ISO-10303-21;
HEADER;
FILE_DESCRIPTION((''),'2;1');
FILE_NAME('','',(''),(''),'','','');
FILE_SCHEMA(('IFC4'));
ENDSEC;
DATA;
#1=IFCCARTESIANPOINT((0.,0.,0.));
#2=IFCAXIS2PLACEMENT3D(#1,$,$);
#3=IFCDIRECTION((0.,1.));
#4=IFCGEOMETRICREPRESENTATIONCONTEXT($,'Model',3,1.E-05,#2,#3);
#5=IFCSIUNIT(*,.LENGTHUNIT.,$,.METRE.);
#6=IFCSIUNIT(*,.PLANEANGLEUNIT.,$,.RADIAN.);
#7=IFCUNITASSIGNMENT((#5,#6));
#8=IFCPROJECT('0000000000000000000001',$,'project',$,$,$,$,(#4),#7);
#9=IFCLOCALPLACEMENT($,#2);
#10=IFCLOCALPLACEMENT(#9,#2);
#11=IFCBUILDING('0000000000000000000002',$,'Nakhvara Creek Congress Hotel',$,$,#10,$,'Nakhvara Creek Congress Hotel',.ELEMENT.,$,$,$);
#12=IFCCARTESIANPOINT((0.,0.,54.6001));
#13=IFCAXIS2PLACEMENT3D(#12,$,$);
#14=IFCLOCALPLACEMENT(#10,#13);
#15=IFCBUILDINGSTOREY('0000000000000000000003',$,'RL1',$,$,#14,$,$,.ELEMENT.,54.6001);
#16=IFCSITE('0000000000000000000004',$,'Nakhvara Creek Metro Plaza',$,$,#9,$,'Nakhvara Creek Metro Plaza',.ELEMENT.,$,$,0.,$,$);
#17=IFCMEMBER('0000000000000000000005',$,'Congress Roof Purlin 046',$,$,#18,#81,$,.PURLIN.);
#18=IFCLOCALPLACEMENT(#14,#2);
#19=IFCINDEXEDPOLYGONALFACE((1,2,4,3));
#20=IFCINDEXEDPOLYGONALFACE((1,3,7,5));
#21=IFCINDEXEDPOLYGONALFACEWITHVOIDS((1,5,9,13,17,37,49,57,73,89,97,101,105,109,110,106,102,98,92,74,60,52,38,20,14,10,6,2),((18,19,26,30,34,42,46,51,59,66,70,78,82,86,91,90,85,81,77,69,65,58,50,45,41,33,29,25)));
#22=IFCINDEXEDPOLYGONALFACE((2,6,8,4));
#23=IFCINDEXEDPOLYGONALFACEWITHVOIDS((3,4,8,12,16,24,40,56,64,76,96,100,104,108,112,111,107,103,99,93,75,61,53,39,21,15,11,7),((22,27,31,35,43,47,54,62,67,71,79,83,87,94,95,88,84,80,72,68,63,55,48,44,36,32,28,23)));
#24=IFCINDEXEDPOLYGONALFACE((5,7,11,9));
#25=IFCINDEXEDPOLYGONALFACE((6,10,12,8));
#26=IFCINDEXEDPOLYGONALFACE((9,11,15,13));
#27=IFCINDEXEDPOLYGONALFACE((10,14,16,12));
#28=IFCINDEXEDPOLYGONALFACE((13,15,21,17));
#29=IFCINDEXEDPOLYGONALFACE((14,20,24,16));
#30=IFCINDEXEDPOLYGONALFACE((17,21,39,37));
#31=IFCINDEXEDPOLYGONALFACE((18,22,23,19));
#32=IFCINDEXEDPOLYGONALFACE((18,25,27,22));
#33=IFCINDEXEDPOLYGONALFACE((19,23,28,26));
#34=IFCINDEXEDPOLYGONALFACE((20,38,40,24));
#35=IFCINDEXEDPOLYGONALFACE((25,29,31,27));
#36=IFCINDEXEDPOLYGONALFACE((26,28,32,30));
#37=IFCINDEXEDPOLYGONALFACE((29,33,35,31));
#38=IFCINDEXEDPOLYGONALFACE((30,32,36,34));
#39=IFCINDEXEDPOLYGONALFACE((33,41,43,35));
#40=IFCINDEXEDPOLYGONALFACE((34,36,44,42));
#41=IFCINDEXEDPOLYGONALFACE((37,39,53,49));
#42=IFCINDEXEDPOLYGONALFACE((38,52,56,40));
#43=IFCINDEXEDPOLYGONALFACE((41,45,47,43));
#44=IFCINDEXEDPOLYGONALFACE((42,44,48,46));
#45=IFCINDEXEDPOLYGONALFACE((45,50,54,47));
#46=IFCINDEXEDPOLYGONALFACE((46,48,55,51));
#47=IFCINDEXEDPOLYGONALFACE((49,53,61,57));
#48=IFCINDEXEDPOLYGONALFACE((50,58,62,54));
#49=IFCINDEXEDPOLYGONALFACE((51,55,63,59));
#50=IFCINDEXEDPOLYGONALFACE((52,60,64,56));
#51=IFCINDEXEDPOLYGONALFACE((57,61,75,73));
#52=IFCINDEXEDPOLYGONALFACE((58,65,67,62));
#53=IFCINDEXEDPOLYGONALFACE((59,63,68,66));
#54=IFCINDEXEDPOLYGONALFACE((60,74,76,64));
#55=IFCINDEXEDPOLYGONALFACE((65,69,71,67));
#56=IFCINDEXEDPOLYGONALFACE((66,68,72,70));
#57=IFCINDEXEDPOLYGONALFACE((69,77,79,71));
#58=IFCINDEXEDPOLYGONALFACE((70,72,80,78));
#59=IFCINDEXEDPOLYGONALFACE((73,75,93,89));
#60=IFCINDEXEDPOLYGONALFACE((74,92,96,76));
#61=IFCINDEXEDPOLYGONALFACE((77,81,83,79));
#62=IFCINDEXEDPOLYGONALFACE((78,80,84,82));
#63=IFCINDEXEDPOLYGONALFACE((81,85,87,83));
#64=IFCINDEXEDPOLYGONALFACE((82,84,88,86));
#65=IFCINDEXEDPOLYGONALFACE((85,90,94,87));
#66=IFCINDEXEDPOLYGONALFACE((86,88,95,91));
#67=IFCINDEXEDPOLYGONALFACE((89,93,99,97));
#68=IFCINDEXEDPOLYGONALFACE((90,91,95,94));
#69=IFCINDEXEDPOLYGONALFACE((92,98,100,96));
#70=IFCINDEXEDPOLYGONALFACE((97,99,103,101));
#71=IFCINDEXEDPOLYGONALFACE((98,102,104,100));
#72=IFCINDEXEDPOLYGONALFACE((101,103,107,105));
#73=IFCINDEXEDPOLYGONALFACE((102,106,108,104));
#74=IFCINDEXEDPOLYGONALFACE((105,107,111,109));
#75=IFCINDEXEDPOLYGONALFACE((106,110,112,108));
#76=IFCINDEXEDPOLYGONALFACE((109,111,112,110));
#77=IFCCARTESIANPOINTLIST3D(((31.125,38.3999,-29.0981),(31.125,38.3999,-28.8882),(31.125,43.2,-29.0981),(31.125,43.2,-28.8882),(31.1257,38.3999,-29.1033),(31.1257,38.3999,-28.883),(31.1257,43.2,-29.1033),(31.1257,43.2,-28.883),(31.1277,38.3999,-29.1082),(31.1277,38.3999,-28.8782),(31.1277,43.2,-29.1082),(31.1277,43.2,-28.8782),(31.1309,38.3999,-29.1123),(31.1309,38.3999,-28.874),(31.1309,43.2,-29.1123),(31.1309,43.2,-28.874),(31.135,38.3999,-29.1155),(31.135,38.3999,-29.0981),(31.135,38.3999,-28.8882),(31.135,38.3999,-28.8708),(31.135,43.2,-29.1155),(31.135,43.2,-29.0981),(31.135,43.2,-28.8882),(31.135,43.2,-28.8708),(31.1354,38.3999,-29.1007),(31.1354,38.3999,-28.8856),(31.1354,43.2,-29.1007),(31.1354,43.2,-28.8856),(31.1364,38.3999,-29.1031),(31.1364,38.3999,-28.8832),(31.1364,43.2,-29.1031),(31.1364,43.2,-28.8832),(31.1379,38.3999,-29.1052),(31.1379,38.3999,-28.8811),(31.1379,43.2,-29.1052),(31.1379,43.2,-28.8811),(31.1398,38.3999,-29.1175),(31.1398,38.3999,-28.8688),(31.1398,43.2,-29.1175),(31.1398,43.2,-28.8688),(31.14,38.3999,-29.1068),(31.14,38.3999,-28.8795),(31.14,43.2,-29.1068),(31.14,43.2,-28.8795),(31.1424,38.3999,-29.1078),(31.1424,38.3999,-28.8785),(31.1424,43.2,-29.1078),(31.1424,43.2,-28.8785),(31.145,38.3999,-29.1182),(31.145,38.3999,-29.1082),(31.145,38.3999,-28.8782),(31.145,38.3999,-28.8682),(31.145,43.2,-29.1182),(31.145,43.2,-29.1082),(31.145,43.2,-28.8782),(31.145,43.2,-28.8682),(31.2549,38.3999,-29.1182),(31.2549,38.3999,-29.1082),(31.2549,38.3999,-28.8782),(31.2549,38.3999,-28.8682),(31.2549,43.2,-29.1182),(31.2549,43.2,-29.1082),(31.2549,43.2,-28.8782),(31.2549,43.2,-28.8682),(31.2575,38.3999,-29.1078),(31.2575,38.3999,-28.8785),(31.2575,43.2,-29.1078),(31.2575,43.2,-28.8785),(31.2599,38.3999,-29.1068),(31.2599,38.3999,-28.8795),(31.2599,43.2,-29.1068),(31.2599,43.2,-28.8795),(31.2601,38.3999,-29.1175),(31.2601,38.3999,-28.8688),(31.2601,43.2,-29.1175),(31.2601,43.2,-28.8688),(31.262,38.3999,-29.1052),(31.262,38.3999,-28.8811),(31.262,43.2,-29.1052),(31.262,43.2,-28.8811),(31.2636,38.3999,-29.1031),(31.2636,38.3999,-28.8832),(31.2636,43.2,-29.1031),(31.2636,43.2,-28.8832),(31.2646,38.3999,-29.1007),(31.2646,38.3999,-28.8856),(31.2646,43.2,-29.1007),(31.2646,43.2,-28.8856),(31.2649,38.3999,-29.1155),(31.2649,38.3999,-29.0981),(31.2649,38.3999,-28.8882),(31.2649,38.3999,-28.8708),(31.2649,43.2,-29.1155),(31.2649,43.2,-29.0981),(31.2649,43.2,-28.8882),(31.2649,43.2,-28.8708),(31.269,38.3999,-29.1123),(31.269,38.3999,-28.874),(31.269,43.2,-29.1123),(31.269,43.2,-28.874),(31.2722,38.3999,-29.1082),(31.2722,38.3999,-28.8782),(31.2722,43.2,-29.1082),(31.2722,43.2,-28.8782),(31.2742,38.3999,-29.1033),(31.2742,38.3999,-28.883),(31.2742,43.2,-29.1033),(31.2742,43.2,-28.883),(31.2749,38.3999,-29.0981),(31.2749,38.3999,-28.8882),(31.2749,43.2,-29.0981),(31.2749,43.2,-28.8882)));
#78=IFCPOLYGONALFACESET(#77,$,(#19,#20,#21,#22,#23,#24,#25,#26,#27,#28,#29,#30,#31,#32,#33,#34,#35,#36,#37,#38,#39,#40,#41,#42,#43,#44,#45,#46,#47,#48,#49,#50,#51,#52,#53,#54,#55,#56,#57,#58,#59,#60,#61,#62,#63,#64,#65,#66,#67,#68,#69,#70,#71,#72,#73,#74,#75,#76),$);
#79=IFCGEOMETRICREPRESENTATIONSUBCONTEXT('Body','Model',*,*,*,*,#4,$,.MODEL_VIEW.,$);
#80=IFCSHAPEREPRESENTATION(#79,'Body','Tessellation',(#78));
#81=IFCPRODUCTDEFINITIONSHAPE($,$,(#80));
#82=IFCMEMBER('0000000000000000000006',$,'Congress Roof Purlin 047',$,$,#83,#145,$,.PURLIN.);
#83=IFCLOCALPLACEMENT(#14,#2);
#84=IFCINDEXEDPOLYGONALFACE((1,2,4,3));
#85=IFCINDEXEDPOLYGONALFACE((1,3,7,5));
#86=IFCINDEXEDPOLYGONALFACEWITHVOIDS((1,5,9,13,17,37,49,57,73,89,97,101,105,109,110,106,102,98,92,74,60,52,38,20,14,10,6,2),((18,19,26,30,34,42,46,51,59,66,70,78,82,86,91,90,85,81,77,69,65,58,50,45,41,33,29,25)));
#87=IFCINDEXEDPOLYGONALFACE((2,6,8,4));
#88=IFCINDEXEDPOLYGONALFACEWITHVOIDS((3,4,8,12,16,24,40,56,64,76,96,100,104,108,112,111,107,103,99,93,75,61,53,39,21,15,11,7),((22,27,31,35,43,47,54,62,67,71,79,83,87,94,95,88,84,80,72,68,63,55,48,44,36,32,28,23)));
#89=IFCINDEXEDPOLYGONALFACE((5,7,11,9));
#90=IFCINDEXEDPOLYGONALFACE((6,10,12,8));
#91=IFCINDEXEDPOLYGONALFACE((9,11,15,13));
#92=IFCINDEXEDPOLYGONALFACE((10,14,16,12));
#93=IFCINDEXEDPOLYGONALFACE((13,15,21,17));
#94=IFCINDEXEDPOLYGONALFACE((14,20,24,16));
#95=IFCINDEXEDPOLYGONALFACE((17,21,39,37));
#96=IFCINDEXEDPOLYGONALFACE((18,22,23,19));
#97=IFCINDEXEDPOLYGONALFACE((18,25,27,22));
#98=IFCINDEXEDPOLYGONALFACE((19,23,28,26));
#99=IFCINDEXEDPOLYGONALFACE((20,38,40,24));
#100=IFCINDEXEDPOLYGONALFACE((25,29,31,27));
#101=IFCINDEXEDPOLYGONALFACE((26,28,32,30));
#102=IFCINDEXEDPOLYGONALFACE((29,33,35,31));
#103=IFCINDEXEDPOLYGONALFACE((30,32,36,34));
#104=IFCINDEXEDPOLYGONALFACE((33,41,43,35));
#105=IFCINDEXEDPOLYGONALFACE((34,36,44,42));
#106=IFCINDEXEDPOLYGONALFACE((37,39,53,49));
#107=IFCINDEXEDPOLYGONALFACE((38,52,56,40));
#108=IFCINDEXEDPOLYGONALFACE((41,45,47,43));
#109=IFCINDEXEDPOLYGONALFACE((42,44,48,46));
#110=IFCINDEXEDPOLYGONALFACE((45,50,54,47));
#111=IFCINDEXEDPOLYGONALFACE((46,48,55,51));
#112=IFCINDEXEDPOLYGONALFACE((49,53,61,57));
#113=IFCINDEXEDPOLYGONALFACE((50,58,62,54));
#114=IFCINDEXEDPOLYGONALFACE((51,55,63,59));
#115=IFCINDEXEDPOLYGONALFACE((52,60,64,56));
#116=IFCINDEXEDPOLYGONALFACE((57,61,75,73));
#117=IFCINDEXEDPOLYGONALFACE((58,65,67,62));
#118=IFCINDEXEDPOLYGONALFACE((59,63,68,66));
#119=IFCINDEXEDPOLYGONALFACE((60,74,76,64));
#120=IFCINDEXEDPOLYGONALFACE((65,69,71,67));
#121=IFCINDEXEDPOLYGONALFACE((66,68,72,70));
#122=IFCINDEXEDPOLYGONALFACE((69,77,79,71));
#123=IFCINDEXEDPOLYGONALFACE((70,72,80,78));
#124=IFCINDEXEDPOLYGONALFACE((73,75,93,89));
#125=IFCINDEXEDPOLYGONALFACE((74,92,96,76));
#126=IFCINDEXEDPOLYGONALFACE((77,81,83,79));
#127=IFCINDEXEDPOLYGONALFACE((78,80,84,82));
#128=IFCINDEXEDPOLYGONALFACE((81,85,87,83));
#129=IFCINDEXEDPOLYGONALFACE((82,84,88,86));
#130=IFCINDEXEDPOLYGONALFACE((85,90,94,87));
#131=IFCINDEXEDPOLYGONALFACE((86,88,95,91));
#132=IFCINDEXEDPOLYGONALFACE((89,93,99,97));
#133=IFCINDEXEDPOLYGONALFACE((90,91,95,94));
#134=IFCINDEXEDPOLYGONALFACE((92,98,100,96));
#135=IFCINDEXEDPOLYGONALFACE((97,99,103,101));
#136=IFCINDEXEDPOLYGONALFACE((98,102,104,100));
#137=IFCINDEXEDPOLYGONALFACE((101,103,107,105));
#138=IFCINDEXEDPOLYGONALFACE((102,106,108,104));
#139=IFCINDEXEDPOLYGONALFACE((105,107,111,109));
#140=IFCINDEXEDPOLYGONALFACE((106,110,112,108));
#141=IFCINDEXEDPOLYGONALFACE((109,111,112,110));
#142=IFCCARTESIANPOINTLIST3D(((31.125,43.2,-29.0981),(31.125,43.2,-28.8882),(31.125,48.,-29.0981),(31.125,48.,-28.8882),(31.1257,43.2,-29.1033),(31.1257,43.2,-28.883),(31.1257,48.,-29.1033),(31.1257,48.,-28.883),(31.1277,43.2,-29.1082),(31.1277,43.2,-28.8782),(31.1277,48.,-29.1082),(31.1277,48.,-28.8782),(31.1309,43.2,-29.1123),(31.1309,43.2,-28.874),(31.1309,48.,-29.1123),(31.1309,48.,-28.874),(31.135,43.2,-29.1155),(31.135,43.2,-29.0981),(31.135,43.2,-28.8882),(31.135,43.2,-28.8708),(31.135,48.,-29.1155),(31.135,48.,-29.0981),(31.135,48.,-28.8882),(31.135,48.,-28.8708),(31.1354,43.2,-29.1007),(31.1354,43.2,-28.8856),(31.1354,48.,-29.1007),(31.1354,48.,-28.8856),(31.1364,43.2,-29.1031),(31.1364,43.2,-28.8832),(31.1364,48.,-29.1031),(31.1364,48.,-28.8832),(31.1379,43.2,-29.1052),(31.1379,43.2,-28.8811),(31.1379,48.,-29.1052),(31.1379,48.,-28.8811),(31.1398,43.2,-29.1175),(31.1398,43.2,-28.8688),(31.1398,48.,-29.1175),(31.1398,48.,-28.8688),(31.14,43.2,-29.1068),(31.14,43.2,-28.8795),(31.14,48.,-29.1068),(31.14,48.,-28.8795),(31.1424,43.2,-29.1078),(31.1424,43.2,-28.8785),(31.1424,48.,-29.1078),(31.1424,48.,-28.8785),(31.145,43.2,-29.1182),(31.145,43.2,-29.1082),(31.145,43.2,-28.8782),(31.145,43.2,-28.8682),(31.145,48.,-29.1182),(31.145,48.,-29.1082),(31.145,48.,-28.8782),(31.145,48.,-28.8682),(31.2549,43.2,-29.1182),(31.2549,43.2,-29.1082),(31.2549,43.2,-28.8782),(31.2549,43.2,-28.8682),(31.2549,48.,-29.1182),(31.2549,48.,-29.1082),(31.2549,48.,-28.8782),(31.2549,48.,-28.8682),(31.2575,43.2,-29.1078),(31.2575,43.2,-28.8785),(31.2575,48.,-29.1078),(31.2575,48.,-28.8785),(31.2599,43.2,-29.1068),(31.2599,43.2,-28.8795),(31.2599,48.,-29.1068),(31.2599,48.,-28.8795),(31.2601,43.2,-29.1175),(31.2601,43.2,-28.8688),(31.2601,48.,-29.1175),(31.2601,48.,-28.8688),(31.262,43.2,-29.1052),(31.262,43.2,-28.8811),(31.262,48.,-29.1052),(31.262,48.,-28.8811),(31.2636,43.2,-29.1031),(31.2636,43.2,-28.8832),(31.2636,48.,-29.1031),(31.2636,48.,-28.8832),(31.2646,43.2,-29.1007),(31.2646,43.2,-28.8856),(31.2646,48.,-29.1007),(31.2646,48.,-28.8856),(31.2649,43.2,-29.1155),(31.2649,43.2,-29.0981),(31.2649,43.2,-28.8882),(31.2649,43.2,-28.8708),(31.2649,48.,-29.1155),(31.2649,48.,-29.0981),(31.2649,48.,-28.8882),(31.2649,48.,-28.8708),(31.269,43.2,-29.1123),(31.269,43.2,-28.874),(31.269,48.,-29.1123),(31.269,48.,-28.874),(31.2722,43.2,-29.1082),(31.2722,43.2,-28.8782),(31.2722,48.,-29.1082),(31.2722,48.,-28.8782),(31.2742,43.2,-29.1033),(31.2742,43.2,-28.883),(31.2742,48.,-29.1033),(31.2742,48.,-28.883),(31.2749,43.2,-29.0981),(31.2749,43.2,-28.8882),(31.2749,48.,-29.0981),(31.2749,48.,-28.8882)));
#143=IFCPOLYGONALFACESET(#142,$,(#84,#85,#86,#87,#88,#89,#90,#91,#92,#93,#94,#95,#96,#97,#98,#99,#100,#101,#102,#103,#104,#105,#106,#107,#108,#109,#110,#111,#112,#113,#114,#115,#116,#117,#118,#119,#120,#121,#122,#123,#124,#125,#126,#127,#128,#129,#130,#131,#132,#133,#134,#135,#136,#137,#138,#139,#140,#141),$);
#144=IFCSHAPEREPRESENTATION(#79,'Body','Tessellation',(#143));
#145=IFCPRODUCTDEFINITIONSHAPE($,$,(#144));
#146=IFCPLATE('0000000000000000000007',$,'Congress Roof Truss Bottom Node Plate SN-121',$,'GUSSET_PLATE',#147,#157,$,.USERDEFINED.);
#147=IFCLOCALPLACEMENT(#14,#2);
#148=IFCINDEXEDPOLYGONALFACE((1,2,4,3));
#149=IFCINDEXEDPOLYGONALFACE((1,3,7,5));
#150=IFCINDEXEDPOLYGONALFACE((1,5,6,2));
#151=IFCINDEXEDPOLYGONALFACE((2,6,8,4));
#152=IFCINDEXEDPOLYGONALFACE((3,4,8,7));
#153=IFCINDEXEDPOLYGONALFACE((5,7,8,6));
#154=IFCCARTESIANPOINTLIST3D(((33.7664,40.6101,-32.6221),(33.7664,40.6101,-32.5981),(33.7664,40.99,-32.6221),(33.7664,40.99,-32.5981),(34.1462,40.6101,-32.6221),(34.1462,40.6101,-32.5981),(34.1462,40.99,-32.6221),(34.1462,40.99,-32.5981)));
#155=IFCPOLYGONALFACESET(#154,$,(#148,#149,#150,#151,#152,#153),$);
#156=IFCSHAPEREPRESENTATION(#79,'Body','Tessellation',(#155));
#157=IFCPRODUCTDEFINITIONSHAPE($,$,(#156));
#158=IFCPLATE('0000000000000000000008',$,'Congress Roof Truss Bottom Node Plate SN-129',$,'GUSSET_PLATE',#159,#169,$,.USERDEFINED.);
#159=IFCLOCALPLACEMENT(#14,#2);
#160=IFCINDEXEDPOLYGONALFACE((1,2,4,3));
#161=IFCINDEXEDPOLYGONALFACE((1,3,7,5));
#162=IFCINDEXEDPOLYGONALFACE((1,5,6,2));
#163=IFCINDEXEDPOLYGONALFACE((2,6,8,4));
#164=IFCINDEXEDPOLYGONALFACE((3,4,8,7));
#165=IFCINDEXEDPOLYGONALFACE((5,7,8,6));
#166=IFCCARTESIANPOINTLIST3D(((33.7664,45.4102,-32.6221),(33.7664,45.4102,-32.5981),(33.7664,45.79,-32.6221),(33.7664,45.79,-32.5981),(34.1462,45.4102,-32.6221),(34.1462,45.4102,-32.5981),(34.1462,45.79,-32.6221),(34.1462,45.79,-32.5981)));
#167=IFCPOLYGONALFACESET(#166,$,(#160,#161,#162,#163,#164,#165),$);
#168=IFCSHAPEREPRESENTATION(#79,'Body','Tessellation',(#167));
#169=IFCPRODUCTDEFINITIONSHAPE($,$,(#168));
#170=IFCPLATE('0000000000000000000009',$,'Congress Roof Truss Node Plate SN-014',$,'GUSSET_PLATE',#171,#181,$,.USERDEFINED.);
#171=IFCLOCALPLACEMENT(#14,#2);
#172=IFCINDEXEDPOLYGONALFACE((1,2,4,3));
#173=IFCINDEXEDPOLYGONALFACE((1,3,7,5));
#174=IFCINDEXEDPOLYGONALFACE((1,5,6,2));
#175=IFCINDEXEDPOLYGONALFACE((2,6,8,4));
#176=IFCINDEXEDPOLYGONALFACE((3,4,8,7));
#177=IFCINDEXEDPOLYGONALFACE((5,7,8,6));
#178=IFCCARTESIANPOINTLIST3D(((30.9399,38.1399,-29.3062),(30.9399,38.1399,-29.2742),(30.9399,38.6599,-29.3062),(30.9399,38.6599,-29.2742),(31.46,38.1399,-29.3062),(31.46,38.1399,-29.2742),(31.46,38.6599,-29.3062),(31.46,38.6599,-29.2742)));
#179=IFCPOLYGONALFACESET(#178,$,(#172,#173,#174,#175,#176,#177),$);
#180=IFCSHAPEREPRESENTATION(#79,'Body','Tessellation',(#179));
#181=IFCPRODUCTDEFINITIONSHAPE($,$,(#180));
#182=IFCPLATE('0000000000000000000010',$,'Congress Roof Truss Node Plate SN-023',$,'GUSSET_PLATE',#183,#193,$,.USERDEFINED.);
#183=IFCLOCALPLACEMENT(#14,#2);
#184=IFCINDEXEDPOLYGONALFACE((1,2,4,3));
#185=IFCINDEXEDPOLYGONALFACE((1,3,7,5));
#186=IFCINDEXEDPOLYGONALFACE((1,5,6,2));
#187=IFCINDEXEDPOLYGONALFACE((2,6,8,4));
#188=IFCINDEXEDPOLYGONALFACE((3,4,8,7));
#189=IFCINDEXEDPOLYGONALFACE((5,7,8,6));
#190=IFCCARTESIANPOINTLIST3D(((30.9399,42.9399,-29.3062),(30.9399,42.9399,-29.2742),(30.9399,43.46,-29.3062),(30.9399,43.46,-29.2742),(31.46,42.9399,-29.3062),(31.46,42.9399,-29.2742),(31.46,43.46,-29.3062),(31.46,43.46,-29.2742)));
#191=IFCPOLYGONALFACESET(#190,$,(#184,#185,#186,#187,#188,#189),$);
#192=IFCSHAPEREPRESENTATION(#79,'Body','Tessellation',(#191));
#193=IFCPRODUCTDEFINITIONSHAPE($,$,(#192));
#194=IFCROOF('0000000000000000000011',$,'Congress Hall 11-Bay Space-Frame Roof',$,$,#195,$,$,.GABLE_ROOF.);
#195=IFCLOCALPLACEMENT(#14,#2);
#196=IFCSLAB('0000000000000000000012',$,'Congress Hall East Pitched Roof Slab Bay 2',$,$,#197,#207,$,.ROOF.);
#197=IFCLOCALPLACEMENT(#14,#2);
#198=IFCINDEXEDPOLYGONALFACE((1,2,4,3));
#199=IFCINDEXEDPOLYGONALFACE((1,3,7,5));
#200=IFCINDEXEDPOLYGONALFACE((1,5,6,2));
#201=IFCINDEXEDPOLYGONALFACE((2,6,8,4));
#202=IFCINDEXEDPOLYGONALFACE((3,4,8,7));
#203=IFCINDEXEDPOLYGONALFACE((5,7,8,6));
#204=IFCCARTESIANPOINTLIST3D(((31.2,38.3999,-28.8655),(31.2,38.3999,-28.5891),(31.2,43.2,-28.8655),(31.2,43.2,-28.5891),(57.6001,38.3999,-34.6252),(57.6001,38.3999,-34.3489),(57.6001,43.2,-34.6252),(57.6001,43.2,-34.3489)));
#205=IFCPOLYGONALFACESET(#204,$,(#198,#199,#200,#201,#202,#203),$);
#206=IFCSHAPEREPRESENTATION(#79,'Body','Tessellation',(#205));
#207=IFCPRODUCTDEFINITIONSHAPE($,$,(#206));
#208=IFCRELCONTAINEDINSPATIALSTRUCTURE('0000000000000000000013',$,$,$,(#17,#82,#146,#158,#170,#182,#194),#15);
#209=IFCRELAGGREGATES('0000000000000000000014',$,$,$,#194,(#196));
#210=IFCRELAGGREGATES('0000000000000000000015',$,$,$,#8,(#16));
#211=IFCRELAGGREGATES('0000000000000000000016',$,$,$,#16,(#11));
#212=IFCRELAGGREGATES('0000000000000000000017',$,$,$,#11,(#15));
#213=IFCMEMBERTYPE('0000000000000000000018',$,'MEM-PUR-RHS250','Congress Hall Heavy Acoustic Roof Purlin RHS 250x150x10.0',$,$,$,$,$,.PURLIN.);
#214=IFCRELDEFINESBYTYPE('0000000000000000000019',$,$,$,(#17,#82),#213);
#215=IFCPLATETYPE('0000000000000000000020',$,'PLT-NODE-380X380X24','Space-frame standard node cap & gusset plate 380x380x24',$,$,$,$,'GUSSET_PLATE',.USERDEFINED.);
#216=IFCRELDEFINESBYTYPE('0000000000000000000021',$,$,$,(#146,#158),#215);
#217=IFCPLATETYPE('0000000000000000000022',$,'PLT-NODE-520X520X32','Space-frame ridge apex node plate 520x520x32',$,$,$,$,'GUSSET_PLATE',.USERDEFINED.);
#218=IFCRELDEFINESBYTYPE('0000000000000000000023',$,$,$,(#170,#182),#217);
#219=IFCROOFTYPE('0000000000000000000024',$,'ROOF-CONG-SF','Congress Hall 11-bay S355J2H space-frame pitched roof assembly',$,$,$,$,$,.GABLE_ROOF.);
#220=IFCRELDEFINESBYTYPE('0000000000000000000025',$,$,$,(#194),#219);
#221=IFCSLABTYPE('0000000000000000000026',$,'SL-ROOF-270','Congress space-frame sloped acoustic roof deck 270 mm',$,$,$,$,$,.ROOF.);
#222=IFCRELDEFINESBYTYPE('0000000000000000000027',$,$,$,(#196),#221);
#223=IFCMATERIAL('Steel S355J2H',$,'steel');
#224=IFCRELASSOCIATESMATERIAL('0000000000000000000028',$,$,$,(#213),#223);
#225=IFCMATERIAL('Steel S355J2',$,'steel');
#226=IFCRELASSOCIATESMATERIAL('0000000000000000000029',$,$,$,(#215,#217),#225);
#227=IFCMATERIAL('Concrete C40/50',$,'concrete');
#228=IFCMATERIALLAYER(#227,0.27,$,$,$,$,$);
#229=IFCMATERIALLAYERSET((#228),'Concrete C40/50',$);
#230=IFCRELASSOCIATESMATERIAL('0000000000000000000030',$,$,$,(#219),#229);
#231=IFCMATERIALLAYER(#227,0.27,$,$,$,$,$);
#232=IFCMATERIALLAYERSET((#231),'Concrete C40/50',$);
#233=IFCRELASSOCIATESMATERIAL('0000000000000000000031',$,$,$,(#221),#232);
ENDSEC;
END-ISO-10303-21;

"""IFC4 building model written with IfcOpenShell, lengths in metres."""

from ifc_helpers import new_model, si_unit, direction, frame, origin, origin_2d, place, context, subcontext, project, spatial, polyline, rectangle, hollow_rectangle, outline, extrude, material, layer, layer_set, material_profile, profile_set, type_object, element, aggregate, save


model = new_model("IFC4")

# Units and contexts
model_context = context("Model", 3, precision=1e-05, world=origin(), true_north=direction((0.0, 1.0)))
body_context = subcontext(model_context, "Body", "Model", "MODEL_VIEW")
ifc_project = project(units=[si_unit("LENGTHUNIT", "METRE"), si_unit("PLANEANGLEUNIT", "RADIAN")], contexts=[model_context])

# Site, building, storey
site_placement = place(None, origin())
site = spatial("IfcSite", under=ifc_project, at=site_placement, Name="Nakhvara Creek Metro Plaza", LongName="Nakhvara Creek Metro Plaza", CompositionType="ELEMENT", RefElevation=0.0)
building_placement = place(site_placement, origin())
building = spatial("IfcBuilding", under=site, at=building_placement, Name="Nakhvara Creek Congress Hotel", LongName="Nakhvara Creek Congress Hotel", CompositionType="ELEMENT")
storey_placement = place(building_placement, frame((0.0, 0.0, 54.6001)))
storey = spatial("IfcBuildingStorey", under=building, at=storey_placement, Name="RL1", CompositionType="ELEMENT", Elevation=54.6001)

# Members
ifc_material_1 = material(Name="Steel S355J2H", Category="steel")
ifc_material_profile_1 = material_profile(ifc_material_1, hollow_rectangle(XDim=0.1499, YDim=0.25, WallThickness=0.01, InnerFilletRadius=0.01, OuterFilletRadius=0.02, at=origin_2d()), Name="RHS 250x150x10.0", Category="LoadBearing")
ifc_profile_set_1 = profile_set([ifc_material_profile_1], Name="Steel S355J2H")
member_type_1 = type_object("IfcMemberType", Name="MEM-PUR-RHS250", Description="Congress Hall Heavy Acoustic Roof Purlin RHS 250x150x10.0", PredefinedType="PURLIN", material=ifc_profile_set_1)
for number, where, z_axis, x_axis, name in (
    (1, (31.2, 38.3999, -28.9932), (0.0, 1.0, 0.0), (-1.0, 0.0, 0.0), "Congress Roof Purlin 046"),
    (2, (31.2, 43.2, -28.9932), (0.0, 1.0, 0.0), (-1.0, 0.0, 0.0), "Congress Roof Purlin 047"),
):
    element("IfcMember", number, at=place(storey_placement, frame(where, z_axis=z_axis, x_axis=x_axis)), inside=storey, type_object=member_type_1, Name=name, PredefinedType="PURLIN", context=body_context, shape_type="SweptSolid", body=[
        extrude(hollow_rectangle(XDim=0.1499, YDim=0.25, WallThickness=0.01, InnerFilletRadius=0.01, OuterFilletRadius=0.02, at=origin_2d()), origin(), (0.0, 0.0, 1.0), 4.8),
    ])

# Plates
ifc_material_2 = material(Name="Steel S355J2", Category="steel")
plate_type_1 = type_object("IfcPlateType", Name="PLT-NODE-380X380X24", Description="Space-frame standard node cap & gusset plate 380x380x24", ElementType="GUSSET_PLATE", PredefinedType="USERDEFINED", material=ifc_material_2)
for number, where, z_axis, x_axis, name in (
    (3, (33.9563, 40.8, -32.6221), (0.0, 0.0, 1.0), (1.0, 0.0, 0.0), "Congress Roof Truss Bottom Node Plate SN-121"),
    (4, (33.9563, 45.6001, -32.6221), (0.0, 0.0, 1.0), (1.0, 0.0, 0.0), "Congress Roof Truss Bottom Node Plate SN-129"),
):
    element("IfcPlate", number, at=place(storey_placement, frame(where, z_axis=z_axis, x_axis=x_axis)), inside=storey, type_object=plate_type_1, Name=name, ObjectType="GUSSET_PLATE", PredefinedType="USERDEFINED", context=body_context, shape_type="SweptSolid", body=[
        extrude(rectangle(XDim=0.3799, YDim=0.3799, at=origin_2d()), origin(), (0.0, 0.0, 1.0), 0.0239),
    ])
plate_type_2 = type_object("IfcPlateType", Name="PLT-NODE-520X520X32", Description="Space-frame ridge apex node plate 520x520x32", ElementType="GUSSET_PLATE", PredefinedType="USERDEFINED", material=ifc_material_2)
for number, where, z_axis, x_axis, name in (
    (5, (31.2, 38.3999, -29.3062), (0.0, 0.0, 1.0), (1.0, 0.0, 0.0), "Congress Roof Truss Node Plate SN-014"),
    (6, (31.2, 43.2, -29.3062), (0.0, 0.0, 1.0), (1.0, 0.0, 0.0), "Congress Roof Truss Node Plate SN-023"),
):
    element("IfcPlate", number, at=place(storey_placement, frame(where, z_axis=z_axis, x_axis=x_axis)), inside=storey, type_object=plate_type_2, Name=name, ObjectType="GUSSET_PLATE", PredefinedType="USERDEFINED", context=body_context, shape_type="SweptSolid", body=[
        extrude(rectangle(XDim=0.52, YDim=0.52, at=origin_2d()), origin(), (0.0, 0.0, 1.0), 0.032),
    ])

# Roof, slab
ifc_material_3 = material(Name="Concrete C40/50", Category="concrete")
ifc_layer_1 = layer(ifc_material_3, 0.27)
ifc_layer_set_1 = layer_set([ifc_layer_1], Name="Concrete C40/50")
roof_type = type_object("IfcRoofType", Name="ROOF-CONG-SF", Description="Congress Hall 11-bay S355J2H space-frame pitched roof assembly", PredefinedType="GABLE_ROOF", material=ifc_layer_set_1)
roof_placement = place(storey_placement, origin())
roof = element("IfcRoof", 7, at=roof_placement, inside=storey, type_object=roof_type, Name="Congress Hall 11-Bay Space-Frame Roof", PredefinedType="GABLE_ROOF")
ifc_layer_2 = layer(ifc_material_3, 0.27)
ifc_layer_set_2 = layer_set([ifc_layer_2], Name="Concrete C40/50")
slab_type = type_object("IfcSlabType", Name="SL-ROOF-270", Description="Congress space-frame sloped acoustic roof deck 270 mm", PredefinedType="ROOF", material=ifc_layer_set_2)
slab_1_placement = place(storey_placement, frame((31.2, 38.3999, -28.5891), z_axis=(0.0, 0.0, 1.0), x_axis=(1.0, 0.0, 0.0)))
slab_1 = element("IfcSlab", 8, at=slab_1_placement, type_object=slab_type, Name="Congress Hall East Pitched Roof Slab Bay 2", PredefinedType="ROOF", context=body_context, shape_type="SweptSolid", body=[
    extrude(outline(polyline([(0.0, 0.0), (26.4001, -5.7598), (26.4001, -6.0361), (0.0, -0.2764), (0.0, 0.0)])), frame((0.0, 4.8, 0.0), z_axis=(0.0, -1.0, 0.0), x_axis=(1.0, 0.0, 0.0)), (0.0, 0.0, 1.0), 4.8),
])
aggregate(roof, [slab_1])

save(model, "model.ifc")
